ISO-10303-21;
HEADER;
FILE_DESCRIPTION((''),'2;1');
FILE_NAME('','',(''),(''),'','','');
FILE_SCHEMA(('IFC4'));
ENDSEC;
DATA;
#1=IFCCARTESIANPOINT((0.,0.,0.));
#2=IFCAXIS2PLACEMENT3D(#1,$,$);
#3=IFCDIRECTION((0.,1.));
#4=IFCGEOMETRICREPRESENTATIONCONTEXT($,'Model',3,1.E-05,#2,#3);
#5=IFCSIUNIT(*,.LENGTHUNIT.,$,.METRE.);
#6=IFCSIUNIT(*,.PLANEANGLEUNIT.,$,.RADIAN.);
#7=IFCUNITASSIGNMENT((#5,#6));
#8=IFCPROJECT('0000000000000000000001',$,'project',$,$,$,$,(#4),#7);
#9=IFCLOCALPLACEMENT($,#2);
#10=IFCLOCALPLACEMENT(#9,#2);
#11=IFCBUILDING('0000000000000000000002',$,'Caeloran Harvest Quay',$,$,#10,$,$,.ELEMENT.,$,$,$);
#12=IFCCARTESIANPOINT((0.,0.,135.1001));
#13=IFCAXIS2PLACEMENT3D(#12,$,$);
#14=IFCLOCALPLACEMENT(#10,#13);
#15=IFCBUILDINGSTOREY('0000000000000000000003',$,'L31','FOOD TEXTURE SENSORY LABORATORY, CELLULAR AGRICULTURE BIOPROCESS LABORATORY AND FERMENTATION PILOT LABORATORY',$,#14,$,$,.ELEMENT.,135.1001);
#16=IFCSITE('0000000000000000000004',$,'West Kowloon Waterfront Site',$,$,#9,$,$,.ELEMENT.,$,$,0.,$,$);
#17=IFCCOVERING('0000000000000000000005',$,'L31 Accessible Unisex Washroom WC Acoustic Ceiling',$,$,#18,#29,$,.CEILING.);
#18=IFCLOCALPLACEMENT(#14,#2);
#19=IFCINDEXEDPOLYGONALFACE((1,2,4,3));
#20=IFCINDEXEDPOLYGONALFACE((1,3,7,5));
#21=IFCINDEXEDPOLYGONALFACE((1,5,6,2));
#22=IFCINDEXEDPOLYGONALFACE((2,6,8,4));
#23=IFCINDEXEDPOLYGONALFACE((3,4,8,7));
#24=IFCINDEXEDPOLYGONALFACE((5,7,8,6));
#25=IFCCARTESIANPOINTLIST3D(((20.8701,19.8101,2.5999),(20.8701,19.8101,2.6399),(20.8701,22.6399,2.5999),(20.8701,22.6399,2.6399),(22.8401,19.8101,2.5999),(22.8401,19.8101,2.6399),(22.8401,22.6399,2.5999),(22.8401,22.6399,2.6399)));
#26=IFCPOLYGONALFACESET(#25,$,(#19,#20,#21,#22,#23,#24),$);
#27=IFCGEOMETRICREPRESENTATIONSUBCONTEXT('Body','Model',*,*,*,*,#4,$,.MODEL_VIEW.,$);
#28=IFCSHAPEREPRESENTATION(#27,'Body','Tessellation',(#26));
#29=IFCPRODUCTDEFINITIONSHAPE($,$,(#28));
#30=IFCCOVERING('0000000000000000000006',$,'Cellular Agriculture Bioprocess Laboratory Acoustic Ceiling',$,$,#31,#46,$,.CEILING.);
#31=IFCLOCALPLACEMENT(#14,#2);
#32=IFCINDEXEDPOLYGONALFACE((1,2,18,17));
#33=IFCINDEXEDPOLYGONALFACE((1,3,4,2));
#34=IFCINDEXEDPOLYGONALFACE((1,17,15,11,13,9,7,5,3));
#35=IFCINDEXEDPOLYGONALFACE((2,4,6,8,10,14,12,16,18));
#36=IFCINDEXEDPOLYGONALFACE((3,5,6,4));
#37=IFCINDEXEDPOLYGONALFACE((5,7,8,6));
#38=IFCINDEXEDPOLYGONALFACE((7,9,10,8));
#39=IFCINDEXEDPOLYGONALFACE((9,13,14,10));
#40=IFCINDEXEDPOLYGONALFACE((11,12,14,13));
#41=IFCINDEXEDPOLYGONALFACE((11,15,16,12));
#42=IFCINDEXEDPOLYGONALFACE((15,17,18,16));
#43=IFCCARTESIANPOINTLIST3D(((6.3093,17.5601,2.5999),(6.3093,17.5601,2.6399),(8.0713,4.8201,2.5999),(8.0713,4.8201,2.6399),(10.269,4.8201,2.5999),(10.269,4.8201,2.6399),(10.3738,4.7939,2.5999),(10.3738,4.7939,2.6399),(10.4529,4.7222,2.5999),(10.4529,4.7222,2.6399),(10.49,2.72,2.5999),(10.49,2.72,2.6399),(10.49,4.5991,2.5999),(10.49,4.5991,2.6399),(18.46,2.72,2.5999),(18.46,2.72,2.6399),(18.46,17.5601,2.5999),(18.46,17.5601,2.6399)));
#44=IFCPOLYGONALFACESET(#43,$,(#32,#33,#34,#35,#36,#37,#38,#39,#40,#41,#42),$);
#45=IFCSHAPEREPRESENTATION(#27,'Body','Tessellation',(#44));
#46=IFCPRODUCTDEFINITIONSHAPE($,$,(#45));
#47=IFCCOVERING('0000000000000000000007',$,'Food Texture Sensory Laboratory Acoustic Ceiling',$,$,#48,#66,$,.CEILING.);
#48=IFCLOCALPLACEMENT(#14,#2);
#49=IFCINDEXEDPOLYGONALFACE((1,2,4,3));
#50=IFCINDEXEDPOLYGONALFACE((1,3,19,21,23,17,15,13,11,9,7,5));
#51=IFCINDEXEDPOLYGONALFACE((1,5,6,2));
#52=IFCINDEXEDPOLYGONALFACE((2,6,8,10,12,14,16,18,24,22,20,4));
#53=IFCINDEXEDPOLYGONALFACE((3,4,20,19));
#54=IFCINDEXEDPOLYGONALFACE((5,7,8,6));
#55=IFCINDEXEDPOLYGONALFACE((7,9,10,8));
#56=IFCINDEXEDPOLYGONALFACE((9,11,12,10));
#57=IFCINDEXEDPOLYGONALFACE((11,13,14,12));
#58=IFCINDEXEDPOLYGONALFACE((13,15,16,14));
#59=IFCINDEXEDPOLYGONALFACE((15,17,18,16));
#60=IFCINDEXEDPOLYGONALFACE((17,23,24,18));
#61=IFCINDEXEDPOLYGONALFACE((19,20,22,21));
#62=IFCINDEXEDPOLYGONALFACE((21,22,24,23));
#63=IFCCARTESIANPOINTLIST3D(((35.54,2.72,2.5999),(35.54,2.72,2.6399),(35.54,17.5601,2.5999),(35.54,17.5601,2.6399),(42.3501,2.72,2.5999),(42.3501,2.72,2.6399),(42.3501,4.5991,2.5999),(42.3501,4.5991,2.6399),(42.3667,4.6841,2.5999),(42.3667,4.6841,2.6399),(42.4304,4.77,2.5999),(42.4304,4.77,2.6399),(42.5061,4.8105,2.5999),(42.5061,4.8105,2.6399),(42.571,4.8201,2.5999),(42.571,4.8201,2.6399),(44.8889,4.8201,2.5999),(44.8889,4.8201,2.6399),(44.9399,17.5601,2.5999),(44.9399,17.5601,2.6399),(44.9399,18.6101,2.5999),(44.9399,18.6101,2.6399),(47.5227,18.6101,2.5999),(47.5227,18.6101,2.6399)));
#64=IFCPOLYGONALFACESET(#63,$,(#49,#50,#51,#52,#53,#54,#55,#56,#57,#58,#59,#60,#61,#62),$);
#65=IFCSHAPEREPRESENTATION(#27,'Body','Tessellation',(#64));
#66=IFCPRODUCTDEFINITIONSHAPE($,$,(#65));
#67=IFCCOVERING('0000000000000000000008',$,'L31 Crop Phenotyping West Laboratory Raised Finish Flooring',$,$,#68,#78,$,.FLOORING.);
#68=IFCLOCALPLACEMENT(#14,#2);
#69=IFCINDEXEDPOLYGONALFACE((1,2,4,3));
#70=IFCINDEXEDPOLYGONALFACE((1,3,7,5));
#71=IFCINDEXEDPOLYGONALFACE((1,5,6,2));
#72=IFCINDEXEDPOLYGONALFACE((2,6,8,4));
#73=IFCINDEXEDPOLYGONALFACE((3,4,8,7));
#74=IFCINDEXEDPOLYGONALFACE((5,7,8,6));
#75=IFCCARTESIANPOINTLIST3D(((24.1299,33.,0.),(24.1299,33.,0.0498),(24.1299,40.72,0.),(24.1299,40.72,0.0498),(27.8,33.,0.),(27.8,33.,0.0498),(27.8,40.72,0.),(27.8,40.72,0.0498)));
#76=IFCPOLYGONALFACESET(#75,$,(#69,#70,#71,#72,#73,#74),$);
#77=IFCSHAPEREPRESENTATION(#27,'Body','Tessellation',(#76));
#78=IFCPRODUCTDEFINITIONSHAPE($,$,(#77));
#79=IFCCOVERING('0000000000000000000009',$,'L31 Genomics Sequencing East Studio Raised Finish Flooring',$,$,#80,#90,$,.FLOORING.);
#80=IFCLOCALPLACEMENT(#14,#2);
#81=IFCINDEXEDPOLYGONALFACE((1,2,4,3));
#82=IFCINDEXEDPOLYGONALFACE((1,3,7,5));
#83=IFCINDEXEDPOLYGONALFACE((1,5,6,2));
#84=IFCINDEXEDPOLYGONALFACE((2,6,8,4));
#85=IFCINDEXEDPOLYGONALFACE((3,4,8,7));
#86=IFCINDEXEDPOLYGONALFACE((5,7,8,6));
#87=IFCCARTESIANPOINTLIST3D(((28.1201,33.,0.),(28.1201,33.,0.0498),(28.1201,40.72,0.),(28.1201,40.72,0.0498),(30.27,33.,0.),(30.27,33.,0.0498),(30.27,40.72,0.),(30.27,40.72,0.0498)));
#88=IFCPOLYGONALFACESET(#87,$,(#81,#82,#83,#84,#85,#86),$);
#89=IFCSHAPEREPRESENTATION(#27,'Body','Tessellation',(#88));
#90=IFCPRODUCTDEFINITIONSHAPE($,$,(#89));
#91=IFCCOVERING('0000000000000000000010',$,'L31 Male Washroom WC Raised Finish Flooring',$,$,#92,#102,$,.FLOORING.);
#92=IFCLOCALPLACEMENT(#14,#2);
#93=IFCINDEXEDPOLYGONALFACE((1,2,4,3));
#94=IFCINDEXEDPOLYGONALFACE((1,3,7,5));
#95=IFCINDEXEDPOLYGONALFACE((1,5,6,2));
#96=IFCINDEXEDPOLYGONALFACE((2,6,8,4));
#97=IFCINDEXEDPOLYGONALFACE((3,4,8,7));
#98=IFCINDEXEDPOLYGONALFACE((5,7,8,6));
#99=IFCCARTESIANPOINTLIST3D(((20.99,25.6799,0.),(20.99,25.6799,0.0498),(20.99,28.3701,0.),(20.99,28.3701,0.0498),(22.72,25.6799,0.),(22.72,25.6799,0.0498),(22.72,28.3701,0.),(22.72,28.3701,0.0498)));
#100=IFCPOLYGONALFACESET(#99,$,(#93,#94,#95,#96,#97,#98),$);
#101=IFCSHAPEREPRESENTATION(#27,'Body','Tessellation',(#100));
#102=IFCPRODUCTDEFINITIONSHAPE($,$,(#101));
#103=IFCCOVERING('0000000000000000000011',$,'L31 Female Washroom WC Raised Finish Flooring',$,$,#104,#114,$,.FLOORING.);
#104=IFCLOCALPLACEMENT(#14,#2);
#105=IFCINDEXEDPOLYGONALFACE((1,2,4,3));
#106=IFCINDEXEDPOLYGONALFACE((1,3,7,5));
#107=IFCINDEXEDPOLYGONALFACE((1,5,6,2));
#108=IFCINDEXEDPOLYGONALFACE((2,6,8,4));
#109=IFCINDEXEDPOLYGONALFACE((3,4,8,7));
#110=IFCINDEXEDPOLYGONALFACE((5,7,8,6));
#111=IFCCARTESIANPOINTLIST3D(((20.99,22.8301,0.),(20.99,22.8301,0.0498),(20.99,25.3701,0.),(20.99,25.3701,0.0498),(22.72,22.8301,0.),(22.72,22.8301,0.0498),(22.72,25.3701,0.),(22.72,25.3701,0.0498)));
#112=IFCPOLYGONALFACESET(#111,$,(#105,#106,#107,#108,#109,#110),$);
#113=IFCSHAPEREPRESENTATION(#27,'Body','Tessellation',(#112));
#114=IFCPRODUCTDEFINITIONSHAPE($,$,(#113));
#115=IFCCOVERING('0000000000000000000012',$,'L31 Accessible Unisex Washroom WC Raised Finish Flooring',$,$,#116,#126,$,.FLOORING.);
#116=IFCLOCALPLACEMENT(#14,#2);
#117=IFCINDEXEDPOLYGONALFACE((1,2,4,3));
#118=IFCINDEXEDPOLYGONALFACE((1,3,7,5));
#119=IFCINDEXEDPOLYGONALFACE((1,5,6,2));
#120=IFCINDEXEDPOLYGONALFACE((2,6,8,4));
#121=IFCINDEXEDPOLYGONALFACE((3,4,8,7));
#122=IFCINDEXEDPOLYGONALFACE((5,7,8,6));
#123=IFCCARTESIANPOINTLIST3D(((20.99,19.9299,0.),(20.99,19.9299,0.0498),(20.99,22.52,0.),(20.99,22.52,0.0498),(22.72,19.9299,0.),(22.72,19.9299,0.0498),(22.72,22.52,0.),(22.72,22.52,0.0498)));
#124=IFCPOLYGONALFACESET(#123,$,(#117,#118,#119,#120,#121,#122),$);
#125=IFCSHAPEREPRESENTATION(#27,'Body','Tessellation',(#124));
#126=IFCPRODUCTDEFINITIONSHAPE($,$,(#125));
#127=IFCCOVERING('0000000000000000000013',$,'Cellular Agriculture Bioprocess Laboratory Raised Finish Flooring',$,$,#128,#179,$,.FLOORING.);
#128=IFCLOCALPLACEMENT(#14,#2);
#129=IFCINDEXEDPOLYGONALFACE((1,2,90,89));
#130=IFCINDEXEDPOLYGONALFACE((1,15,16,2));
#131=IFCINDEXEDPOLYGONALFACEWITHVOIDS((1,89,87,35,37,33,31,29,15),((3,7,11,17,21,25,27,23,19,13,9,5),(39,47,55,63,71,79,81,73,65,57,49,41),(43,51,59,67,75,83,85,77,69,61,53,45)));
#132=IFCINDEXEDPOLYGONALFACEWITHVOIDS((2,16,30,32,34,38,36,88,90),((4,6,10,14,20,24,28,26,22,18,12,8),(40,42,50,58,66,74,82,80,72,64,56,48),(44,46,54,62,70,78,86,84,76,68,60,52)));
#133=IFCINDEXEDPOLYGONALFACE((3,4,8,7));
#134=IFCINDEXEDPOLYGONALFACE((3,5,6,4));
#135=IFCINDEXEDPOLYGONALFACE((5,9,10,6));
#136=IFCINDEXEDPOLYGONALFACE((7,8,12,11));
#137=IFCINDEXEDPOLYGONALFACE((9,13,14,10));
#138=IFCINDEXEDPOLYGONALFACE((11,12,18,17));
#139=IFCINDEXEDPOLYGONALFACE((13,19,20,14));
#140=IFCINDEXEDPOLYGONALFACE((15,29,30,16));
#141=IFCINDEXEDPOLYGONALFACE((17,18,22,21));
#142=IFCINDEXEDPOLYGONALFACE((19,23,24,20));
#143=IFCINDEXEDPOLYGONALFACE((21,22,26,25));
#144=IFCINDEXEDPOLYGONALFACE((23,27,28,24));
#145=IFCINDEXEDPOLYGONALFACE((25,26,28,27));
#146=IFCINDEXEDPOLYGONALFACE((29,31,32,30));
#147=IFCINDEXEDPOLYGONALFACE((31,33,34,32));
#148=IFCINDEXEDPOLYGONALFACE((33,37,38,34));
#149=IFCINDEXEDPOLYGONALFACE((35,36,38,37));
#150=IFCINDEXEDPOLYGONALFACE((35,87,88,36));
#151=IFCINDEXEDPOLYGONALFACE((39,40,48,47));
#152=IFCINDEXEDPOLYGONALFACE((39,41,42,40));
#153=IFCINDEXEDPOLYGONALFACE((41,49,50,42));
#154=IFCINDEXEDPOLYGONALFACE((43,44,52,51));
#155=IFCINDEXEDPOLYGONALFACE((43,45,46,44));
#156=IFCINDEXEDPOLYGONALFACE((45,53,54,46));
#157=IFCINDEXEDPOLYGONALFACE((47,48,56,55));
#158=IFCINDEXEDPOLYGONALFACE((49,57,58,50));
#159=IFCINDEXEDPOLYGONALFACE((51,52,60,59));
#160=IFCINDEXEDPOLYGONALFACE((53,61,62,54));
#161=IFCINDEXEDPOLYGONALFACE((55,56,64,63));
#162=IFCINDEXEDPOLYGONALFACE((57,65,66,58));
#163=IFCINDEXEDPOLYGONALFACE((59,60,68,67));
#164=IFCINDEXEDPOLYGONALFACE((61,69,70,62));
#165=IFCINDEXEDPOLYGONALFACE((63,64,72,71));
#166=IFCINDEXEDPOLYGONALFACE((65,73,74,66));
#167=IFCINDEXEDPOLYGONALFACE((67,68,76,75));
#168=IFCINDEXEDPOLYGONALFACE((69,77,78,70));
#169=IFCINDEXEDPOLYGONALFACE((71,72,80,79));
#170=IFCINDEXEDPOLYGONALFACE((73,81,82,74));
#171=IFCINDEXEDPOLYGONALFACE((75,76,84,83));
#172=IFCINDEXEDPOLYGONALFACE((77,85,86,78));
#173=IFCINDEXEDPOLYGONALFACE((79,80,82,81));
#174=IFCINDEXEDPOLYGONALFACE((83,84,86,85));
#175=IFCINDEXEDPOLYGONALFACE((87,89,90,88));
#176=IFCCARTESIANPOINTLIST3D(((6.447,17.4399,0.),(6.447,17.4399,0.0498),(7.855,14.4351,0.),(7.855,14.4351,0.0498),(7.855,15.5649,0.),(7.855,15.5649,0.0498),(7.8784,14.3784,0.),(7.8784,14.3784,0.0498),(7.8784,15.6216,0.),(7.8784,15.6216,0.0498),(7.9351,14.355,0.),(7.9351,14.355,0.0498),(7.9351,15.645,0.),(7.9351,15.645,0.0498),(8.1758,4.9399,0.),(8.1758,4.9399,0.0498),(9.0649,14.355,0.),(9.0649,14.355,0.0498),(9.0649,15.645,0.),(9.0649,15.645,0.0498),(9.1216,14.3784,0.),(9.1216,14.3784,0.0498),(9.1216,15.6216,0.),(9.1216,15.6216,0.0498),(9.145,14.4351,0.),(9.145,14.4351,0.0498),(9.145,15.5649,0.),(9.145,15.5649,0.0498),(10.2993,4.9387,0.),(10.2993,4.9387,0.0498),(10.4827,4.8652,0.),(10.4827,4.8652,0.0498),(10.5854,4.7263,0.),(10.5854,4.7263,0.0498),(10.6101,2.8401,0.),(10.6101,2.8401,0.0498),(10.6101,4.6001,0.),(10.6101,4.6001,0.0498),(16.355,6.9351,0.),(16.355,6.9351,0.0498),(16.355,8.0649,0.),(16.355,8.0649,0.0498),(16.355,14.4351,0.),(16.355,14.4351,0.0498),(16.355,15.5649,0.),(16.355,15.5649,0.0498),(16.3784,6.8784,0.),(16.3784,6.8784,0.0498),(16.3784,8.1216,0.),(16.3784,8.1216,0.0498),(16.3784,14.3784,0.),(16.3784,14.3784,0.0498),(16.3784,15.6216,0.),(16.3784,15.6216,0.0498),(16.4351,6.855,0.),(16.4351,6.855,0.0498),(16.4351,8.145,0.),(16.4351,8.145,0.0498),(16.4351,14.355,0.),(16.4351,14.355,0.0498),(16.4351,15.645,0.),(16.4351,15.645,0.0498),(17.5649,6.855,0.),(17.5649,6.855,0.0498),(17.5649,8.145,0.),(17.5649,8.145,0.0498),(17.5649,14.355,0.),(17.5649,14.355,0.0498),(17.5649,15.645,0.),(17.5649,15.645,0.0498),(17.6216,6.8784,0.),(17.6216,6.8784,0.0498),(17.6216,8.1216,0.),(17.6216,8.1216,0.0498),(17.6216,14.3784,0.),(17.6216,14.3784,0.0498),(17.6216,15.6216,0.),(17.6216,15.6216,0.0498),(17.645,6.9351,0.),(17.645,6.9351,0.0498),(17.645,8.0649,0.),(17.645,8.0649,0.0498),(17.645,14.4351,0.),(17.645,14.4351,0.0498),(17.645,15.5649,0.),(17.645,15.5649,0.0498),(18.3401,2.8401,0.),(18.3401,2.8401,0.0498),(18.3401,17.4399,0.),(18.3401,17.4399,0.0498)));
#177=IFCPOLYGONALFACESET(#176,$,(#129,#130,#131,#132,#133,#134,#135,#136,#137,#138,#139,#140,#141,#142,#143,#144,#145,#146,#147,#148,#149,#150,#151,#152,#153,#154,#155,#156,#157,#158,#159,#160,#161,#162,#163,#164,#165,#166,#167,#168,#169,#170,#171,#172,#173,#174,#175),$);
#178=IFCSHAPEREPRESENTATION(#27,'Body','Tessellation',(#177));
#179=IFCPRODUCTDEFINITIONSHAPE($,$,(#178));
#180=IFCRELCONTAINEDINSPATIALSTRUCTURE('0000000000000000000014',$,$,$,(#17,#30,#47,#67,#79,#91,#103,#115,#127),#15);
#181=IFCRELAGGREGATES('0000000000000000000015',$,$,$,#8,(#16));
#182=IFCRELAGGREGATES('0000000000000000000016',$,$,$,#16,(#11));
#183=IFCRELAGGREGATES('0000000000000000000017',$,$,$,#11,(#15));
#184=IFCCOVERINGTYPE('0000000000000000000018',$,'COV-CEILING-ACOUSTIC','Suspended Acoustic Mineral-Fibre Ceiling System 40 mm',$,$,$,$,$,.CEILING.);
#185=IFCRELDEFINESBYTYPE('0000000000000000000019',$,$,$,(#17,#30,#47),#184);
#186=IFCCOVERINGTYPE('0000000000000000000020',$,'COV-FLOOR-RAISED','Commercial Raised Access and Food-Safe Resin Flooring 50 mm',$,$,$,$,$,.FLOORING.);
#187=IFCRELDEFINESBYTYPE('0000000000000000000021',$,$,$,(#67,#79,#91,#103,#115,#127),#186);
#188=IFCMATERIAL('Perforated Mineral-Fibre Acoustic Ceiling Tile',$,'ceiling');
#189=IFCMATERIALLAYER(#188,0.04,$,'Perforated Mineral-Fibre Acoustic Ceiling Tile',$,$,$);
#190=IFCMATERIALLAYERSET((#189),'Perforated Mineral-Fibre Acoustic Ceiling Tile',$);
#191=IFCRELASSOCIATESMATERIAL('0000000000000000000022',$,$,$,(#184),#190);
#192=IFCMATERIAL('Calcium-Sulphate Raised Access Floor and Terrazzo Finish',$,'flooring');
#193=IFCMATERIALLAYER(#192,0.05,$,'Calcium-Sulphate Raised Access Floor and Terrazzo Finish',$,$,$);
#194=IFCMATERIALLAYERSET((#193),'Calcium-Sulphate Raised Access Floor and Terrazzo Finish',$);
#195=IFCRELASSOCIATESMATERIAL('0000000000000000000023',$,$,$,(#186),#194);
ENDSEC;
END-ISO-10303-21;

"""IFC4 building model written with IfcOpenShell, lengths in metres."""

from ifc_helpers import new_model, si_unit, direction, frame, origin, place, context, subcontext, project, spatial, polyline, outline, extrude, material, layer, layer_set, type_object, element, save


model = new_model("IFC4")

# Units and contexts
model_context = context("Model", 3, precision=1e-05, world=origin(), true_north=direction((0.0, 1.0)))
body_context = subcontext(model_context, "Body", "Model", "MODEL_VIEW")
ifc_project = project(units=[si_unit("LENGTHUNIT", "METRE"), si_unit("PLANEANGLEUNIT", "RADIAN")], contexts=[model_context])

# Site, building, storey
site_placement = place(None, origin())
site = spatial("IfcSite", under=ifc_project, at=site_placement, Name="West Kowloon Waterfront Site", CompositionType="ELEMENT", RefElevation=0.0)
building_placement = place(site_placement, origin())
building = spatial("IfcBuilding", under=site, at=building_placement, Name="Caeloran Harvest Quay", CompositionType="ELEMENT")
storey_placement = place(building_placement, frame((0.0, 0.0, 135.1001)))
storey = spatial("IfcBuildingStorey", under=building, at=storey_placement, Name="L31", Description="FOOD TEXTURE SENSORY LABORATORY, CELLULAR AGRICULTURE BIOPROCESS LABORATORY AND FERMENTATION PILOT LABORATORY", CompositionType="ELEMENT", Elevation=135.1001)

# Coverings
ifc_material_1 = material(Name="Perforated Mineral-Fibre Acoustic Ceiling Tile", Category="ceiling")
ifc_layer_1 = layer(ifc_material_1, 0.04, Name="Perforated Mineral-Fibre Acoustic Ceiling Tile")
ifc_layer_set_1 = layer_set([ifc_layer_1], Name="Perforated Mineral-Fibre Acoustic Ceiling Tile")
covering_type_1 = type_object("IfcCoveringType", Name="COV-CEILING-ACOUSTIC", Description="Suspended Acoustic Mineral-Fibre Ceiling System 40 mm", PredefinedType="CEILING", material=ifc_layer_set_1)
covering_1_placement = place(storey_placement, frame((0.0, 0.0, 2.5999)))
element("IfcCovering", 1, at=covering_1_placement, inside=storey, type_object=covering_type_1, Name="L31 Accessible Unisex Washroom WC Acoustic Ceiling", PredefinedType="CEILING", context=body_context, shape_type="SweptSolid", body=[
    extrude(outline(polyline([(22.8401, 19.8101), (20.8701, 19.8101), (20.8701, 22.6399), (22.8401, 22.6399), (22.8401, 19.8101)])), origin(), (0.0, 0.0, 1.0), 0.04),
])
covering_2_placement = place(storey_placement, frame((0.0, 0.0, 2.5999)))
element("IfcCovering", 2, at=covering_2_placement, inside=storey, type_object=covering_type_1, Name="Cellular Agriculture Bioprocess Laboratory Acoustic Ceiling", PredefinedType="CEILING", context=body_context, shape_type="SweptSolid", body=[
    extrude(outline(polyline([(10.4529, 4.7222), (10.3738, 4.7939), (10.269, 4.8201), (8.0713, 4.8201), (6.3093, 17.5601), (18.46, 17.5601), (18.46, 2.72), (10.49, 2.72), (10.49, 4.5991), (10.4529, 4.7222)])), origin(), (0.0, 0.0, 1.0), 0.04),
])
covering_3_placement = place(storey_placement, frame((0.0, 0.0, 2.5999)))
element("IfcCovering", 3, at=covering_3_placement, inside=storey, type_object=covering_type_1, Name="Food Texture Sensory Laboratory Acoustic Ceiling", PredefinedType="CEILING", context=body_context, shape_type="SweptSolid", body=[
    extrude(outline(polyline([(44.9399, 17.5601), (44.9399, 18.6101), (47.5227, 18.6101), (44.8889, 4.8201), (42.571, 4.8201), (42.5061, 4.8105), (42.4304, 4.77), (42.3667, 4.6841), (42.3501, 4.5991), (42.3501, 2.72), (35.54, 2.72), (35.54, 17.5601), (44.9399, 17.5601)])), origin(), (0.0, 0.0, 1.0), 0.04),
])
ifc_material_2 = material(Name="Calcium-Sulphate Raised Access Floor and Terrazzo Finish", Category="flooring")
ifc_layer_2 = layer(ifc_material_2, 0.05, Name="Calcium-Sulphate Raised Access Floor and Terrazzo Finish")
ifc_layer_set_2 = layer_set([ifc_layer_2], Name="Calcium-Sulphate Raised Access Floor and Terrazzo Finish")
covering_type_2 = type_object("IfcCoveringType", Name="COV-FLOOR-RAISED", Description="Commercial Raised Access and Food-Safe Resin Flooring 50 mm", PredefinedType="FLOORING", material=ifc_layer_set_2)
covering_4_placement = place(storey_placement, origin())
element("IfcCovering", 4, at=covering_4_placement, inside=storey, type_object=covering_type_2, Name="L31 Crop Phenotyping West Laboratory Raised Finish Flooring", PredefinedType="FLOORING", context=body_context, shape_type="SweptSolid", body=[
    extrude(outline(polyline([(27.8, 40.72), (27.8, 33.0), (24.1299, 33.0), (24.1299, 40.72), (27.8, 40.72)])), origin(), (0.0, 0.0, 1.0), 0.0498),
])
covering_5_placement = place(storey_placement, origin())
element("IfcCovering", 5, at=covering_5_placement, inside=storey, type_object=covering_type_2, Name="L31 Genomics Sequencing East Studio Raised Finish Flooring", PredefinedType="FLOORING", context=body_context, shape_type="SweptSolid", body=[
    extrude(outline(polyline([(30.27, 40.72), (30.27, 33.0), (28.1201, 33.0), (28.1201, 40.72), (30.27, 40.72)])), origin(), (0.0, 0.0, 1.0), 0.0498),
])
covering_6_placement = place(storey_placement, origin())
element("IfcCovering", 6, at=covering_6_placement, inside=storey, type_object=covering_type_2, Name="L31 Male Washroom WC Raised Finish Flooring", PredefinedType="FLOORING", context=body_context, shape_type="SweptSolid", body=[
    extrude(outline(polyline([(22.72, 25.6799), (20.99, 25.6799), (20.99, 28.3701), (22.72, 28.3701), (22.72, 25.6799)])), origin(), (0.0, 0.0, 1.0), 0.0498),
])
covering_7_placement = place(storey_placement, origin())
element("IfcCovering", 7, at=covering_7_placement, inside=storey, type_object=covering_type_2, Name="L31 Female Washroom WC Raised Finish Flooring", PredefinedType="FLOORING", context=body_context, shape_type="SweptSolid", body=[
    extrude(outline(polyline([(22.72, 22.8301), (20.99, 22.8301), (20.99, 25.3701), (22.72, 25.3701), (22.72, 22.8301)])), origin(), (0.0, 0.0, 1.0), 0.0498),
])
covering_8_placement = place(storey_placement, origin())
element("IfcCovering", 8, at=covering_8_placement, inside=storey, type_object=covering_type_2, Name="L31 Accessible Unisex Washroom WC Raised Finish Flooring", PredefinedType="FLOORING", context=body_context, shape_type="SweptSolid", body=[
    extrude(outline(polyline([(22.72, 19.9299), (20.99, 19.9299), (20.99, 22.52), (22.72, 22.52), (22.72, 19.9299)])), origin(), (0.0, 0.0, 1.0), 0.0498),
])
covering_9_placement = place(storey_placement, origin())
element("IfcCovering", 9, at=covering_9_placement, inside=storey, type_object=covering_type_2, Name="Cellular Agriculture Bioprocess Laboratory Raised Finish Flooring", PredefinedType="FLOORING", context=body_context, shape_type="SweptSolid", body=[
    extrude(outline(polyline([(10.5854, 4.7263), (10.4827, 4.8652), (10.2993, 4.9387), (8.1758, 4.9399), (6.447, 17.4399), (18.3401, 17.4399), (18.3401, 2.8401), (10.6101, 2.8401), (10.6101, 4.6001), (10.5854, 4.7263)]), holes=[polyline([(16.4351, 8.145), (16.3784, 8.1216), (16.355, 8.0649), (16.355, 6.9351), (16.3784, 6.8784), (16.4351, 6.855), (17.5649, 6.855), (17.6216, 6.8784), (17.645, 6.9351), (17.645, 8.0649), (17.6216, 8.1216), (17.5649, 8.145), (16.4351, 8.145)]), polyline([(16.4351, 15.645), (16.3784, 15.6216), (16.355, 15.5649), (16.355, 14.4351), (16.3784, 14.3784), (16.4351, 14.355), (17.5649, 14.355), (17.6216, 14.3784), (17.645, 14.4351), (17.645, 15.5649), (17.6216, 15.6216), (17.5649, 15.645), (16.4351, 15.645)]), polyline([(7.9351, 15.645), (7.8784, 15.6216), (7.855, 15.5649), (7.855, 14.4351), (7.8784, 14.3784), (7.9351, 14.355), (9.0649, 14.355), (9.1216, 14.3784), (9.145, 14.4351), (9.145, 15.5649), (9.1216, 15.6216), (9.0649, 15.645), (7.9351, 15.645)])]), origin(), (0.0, 0.0, 1.0), 0.0498),
])

save(model, "model.ifc")
